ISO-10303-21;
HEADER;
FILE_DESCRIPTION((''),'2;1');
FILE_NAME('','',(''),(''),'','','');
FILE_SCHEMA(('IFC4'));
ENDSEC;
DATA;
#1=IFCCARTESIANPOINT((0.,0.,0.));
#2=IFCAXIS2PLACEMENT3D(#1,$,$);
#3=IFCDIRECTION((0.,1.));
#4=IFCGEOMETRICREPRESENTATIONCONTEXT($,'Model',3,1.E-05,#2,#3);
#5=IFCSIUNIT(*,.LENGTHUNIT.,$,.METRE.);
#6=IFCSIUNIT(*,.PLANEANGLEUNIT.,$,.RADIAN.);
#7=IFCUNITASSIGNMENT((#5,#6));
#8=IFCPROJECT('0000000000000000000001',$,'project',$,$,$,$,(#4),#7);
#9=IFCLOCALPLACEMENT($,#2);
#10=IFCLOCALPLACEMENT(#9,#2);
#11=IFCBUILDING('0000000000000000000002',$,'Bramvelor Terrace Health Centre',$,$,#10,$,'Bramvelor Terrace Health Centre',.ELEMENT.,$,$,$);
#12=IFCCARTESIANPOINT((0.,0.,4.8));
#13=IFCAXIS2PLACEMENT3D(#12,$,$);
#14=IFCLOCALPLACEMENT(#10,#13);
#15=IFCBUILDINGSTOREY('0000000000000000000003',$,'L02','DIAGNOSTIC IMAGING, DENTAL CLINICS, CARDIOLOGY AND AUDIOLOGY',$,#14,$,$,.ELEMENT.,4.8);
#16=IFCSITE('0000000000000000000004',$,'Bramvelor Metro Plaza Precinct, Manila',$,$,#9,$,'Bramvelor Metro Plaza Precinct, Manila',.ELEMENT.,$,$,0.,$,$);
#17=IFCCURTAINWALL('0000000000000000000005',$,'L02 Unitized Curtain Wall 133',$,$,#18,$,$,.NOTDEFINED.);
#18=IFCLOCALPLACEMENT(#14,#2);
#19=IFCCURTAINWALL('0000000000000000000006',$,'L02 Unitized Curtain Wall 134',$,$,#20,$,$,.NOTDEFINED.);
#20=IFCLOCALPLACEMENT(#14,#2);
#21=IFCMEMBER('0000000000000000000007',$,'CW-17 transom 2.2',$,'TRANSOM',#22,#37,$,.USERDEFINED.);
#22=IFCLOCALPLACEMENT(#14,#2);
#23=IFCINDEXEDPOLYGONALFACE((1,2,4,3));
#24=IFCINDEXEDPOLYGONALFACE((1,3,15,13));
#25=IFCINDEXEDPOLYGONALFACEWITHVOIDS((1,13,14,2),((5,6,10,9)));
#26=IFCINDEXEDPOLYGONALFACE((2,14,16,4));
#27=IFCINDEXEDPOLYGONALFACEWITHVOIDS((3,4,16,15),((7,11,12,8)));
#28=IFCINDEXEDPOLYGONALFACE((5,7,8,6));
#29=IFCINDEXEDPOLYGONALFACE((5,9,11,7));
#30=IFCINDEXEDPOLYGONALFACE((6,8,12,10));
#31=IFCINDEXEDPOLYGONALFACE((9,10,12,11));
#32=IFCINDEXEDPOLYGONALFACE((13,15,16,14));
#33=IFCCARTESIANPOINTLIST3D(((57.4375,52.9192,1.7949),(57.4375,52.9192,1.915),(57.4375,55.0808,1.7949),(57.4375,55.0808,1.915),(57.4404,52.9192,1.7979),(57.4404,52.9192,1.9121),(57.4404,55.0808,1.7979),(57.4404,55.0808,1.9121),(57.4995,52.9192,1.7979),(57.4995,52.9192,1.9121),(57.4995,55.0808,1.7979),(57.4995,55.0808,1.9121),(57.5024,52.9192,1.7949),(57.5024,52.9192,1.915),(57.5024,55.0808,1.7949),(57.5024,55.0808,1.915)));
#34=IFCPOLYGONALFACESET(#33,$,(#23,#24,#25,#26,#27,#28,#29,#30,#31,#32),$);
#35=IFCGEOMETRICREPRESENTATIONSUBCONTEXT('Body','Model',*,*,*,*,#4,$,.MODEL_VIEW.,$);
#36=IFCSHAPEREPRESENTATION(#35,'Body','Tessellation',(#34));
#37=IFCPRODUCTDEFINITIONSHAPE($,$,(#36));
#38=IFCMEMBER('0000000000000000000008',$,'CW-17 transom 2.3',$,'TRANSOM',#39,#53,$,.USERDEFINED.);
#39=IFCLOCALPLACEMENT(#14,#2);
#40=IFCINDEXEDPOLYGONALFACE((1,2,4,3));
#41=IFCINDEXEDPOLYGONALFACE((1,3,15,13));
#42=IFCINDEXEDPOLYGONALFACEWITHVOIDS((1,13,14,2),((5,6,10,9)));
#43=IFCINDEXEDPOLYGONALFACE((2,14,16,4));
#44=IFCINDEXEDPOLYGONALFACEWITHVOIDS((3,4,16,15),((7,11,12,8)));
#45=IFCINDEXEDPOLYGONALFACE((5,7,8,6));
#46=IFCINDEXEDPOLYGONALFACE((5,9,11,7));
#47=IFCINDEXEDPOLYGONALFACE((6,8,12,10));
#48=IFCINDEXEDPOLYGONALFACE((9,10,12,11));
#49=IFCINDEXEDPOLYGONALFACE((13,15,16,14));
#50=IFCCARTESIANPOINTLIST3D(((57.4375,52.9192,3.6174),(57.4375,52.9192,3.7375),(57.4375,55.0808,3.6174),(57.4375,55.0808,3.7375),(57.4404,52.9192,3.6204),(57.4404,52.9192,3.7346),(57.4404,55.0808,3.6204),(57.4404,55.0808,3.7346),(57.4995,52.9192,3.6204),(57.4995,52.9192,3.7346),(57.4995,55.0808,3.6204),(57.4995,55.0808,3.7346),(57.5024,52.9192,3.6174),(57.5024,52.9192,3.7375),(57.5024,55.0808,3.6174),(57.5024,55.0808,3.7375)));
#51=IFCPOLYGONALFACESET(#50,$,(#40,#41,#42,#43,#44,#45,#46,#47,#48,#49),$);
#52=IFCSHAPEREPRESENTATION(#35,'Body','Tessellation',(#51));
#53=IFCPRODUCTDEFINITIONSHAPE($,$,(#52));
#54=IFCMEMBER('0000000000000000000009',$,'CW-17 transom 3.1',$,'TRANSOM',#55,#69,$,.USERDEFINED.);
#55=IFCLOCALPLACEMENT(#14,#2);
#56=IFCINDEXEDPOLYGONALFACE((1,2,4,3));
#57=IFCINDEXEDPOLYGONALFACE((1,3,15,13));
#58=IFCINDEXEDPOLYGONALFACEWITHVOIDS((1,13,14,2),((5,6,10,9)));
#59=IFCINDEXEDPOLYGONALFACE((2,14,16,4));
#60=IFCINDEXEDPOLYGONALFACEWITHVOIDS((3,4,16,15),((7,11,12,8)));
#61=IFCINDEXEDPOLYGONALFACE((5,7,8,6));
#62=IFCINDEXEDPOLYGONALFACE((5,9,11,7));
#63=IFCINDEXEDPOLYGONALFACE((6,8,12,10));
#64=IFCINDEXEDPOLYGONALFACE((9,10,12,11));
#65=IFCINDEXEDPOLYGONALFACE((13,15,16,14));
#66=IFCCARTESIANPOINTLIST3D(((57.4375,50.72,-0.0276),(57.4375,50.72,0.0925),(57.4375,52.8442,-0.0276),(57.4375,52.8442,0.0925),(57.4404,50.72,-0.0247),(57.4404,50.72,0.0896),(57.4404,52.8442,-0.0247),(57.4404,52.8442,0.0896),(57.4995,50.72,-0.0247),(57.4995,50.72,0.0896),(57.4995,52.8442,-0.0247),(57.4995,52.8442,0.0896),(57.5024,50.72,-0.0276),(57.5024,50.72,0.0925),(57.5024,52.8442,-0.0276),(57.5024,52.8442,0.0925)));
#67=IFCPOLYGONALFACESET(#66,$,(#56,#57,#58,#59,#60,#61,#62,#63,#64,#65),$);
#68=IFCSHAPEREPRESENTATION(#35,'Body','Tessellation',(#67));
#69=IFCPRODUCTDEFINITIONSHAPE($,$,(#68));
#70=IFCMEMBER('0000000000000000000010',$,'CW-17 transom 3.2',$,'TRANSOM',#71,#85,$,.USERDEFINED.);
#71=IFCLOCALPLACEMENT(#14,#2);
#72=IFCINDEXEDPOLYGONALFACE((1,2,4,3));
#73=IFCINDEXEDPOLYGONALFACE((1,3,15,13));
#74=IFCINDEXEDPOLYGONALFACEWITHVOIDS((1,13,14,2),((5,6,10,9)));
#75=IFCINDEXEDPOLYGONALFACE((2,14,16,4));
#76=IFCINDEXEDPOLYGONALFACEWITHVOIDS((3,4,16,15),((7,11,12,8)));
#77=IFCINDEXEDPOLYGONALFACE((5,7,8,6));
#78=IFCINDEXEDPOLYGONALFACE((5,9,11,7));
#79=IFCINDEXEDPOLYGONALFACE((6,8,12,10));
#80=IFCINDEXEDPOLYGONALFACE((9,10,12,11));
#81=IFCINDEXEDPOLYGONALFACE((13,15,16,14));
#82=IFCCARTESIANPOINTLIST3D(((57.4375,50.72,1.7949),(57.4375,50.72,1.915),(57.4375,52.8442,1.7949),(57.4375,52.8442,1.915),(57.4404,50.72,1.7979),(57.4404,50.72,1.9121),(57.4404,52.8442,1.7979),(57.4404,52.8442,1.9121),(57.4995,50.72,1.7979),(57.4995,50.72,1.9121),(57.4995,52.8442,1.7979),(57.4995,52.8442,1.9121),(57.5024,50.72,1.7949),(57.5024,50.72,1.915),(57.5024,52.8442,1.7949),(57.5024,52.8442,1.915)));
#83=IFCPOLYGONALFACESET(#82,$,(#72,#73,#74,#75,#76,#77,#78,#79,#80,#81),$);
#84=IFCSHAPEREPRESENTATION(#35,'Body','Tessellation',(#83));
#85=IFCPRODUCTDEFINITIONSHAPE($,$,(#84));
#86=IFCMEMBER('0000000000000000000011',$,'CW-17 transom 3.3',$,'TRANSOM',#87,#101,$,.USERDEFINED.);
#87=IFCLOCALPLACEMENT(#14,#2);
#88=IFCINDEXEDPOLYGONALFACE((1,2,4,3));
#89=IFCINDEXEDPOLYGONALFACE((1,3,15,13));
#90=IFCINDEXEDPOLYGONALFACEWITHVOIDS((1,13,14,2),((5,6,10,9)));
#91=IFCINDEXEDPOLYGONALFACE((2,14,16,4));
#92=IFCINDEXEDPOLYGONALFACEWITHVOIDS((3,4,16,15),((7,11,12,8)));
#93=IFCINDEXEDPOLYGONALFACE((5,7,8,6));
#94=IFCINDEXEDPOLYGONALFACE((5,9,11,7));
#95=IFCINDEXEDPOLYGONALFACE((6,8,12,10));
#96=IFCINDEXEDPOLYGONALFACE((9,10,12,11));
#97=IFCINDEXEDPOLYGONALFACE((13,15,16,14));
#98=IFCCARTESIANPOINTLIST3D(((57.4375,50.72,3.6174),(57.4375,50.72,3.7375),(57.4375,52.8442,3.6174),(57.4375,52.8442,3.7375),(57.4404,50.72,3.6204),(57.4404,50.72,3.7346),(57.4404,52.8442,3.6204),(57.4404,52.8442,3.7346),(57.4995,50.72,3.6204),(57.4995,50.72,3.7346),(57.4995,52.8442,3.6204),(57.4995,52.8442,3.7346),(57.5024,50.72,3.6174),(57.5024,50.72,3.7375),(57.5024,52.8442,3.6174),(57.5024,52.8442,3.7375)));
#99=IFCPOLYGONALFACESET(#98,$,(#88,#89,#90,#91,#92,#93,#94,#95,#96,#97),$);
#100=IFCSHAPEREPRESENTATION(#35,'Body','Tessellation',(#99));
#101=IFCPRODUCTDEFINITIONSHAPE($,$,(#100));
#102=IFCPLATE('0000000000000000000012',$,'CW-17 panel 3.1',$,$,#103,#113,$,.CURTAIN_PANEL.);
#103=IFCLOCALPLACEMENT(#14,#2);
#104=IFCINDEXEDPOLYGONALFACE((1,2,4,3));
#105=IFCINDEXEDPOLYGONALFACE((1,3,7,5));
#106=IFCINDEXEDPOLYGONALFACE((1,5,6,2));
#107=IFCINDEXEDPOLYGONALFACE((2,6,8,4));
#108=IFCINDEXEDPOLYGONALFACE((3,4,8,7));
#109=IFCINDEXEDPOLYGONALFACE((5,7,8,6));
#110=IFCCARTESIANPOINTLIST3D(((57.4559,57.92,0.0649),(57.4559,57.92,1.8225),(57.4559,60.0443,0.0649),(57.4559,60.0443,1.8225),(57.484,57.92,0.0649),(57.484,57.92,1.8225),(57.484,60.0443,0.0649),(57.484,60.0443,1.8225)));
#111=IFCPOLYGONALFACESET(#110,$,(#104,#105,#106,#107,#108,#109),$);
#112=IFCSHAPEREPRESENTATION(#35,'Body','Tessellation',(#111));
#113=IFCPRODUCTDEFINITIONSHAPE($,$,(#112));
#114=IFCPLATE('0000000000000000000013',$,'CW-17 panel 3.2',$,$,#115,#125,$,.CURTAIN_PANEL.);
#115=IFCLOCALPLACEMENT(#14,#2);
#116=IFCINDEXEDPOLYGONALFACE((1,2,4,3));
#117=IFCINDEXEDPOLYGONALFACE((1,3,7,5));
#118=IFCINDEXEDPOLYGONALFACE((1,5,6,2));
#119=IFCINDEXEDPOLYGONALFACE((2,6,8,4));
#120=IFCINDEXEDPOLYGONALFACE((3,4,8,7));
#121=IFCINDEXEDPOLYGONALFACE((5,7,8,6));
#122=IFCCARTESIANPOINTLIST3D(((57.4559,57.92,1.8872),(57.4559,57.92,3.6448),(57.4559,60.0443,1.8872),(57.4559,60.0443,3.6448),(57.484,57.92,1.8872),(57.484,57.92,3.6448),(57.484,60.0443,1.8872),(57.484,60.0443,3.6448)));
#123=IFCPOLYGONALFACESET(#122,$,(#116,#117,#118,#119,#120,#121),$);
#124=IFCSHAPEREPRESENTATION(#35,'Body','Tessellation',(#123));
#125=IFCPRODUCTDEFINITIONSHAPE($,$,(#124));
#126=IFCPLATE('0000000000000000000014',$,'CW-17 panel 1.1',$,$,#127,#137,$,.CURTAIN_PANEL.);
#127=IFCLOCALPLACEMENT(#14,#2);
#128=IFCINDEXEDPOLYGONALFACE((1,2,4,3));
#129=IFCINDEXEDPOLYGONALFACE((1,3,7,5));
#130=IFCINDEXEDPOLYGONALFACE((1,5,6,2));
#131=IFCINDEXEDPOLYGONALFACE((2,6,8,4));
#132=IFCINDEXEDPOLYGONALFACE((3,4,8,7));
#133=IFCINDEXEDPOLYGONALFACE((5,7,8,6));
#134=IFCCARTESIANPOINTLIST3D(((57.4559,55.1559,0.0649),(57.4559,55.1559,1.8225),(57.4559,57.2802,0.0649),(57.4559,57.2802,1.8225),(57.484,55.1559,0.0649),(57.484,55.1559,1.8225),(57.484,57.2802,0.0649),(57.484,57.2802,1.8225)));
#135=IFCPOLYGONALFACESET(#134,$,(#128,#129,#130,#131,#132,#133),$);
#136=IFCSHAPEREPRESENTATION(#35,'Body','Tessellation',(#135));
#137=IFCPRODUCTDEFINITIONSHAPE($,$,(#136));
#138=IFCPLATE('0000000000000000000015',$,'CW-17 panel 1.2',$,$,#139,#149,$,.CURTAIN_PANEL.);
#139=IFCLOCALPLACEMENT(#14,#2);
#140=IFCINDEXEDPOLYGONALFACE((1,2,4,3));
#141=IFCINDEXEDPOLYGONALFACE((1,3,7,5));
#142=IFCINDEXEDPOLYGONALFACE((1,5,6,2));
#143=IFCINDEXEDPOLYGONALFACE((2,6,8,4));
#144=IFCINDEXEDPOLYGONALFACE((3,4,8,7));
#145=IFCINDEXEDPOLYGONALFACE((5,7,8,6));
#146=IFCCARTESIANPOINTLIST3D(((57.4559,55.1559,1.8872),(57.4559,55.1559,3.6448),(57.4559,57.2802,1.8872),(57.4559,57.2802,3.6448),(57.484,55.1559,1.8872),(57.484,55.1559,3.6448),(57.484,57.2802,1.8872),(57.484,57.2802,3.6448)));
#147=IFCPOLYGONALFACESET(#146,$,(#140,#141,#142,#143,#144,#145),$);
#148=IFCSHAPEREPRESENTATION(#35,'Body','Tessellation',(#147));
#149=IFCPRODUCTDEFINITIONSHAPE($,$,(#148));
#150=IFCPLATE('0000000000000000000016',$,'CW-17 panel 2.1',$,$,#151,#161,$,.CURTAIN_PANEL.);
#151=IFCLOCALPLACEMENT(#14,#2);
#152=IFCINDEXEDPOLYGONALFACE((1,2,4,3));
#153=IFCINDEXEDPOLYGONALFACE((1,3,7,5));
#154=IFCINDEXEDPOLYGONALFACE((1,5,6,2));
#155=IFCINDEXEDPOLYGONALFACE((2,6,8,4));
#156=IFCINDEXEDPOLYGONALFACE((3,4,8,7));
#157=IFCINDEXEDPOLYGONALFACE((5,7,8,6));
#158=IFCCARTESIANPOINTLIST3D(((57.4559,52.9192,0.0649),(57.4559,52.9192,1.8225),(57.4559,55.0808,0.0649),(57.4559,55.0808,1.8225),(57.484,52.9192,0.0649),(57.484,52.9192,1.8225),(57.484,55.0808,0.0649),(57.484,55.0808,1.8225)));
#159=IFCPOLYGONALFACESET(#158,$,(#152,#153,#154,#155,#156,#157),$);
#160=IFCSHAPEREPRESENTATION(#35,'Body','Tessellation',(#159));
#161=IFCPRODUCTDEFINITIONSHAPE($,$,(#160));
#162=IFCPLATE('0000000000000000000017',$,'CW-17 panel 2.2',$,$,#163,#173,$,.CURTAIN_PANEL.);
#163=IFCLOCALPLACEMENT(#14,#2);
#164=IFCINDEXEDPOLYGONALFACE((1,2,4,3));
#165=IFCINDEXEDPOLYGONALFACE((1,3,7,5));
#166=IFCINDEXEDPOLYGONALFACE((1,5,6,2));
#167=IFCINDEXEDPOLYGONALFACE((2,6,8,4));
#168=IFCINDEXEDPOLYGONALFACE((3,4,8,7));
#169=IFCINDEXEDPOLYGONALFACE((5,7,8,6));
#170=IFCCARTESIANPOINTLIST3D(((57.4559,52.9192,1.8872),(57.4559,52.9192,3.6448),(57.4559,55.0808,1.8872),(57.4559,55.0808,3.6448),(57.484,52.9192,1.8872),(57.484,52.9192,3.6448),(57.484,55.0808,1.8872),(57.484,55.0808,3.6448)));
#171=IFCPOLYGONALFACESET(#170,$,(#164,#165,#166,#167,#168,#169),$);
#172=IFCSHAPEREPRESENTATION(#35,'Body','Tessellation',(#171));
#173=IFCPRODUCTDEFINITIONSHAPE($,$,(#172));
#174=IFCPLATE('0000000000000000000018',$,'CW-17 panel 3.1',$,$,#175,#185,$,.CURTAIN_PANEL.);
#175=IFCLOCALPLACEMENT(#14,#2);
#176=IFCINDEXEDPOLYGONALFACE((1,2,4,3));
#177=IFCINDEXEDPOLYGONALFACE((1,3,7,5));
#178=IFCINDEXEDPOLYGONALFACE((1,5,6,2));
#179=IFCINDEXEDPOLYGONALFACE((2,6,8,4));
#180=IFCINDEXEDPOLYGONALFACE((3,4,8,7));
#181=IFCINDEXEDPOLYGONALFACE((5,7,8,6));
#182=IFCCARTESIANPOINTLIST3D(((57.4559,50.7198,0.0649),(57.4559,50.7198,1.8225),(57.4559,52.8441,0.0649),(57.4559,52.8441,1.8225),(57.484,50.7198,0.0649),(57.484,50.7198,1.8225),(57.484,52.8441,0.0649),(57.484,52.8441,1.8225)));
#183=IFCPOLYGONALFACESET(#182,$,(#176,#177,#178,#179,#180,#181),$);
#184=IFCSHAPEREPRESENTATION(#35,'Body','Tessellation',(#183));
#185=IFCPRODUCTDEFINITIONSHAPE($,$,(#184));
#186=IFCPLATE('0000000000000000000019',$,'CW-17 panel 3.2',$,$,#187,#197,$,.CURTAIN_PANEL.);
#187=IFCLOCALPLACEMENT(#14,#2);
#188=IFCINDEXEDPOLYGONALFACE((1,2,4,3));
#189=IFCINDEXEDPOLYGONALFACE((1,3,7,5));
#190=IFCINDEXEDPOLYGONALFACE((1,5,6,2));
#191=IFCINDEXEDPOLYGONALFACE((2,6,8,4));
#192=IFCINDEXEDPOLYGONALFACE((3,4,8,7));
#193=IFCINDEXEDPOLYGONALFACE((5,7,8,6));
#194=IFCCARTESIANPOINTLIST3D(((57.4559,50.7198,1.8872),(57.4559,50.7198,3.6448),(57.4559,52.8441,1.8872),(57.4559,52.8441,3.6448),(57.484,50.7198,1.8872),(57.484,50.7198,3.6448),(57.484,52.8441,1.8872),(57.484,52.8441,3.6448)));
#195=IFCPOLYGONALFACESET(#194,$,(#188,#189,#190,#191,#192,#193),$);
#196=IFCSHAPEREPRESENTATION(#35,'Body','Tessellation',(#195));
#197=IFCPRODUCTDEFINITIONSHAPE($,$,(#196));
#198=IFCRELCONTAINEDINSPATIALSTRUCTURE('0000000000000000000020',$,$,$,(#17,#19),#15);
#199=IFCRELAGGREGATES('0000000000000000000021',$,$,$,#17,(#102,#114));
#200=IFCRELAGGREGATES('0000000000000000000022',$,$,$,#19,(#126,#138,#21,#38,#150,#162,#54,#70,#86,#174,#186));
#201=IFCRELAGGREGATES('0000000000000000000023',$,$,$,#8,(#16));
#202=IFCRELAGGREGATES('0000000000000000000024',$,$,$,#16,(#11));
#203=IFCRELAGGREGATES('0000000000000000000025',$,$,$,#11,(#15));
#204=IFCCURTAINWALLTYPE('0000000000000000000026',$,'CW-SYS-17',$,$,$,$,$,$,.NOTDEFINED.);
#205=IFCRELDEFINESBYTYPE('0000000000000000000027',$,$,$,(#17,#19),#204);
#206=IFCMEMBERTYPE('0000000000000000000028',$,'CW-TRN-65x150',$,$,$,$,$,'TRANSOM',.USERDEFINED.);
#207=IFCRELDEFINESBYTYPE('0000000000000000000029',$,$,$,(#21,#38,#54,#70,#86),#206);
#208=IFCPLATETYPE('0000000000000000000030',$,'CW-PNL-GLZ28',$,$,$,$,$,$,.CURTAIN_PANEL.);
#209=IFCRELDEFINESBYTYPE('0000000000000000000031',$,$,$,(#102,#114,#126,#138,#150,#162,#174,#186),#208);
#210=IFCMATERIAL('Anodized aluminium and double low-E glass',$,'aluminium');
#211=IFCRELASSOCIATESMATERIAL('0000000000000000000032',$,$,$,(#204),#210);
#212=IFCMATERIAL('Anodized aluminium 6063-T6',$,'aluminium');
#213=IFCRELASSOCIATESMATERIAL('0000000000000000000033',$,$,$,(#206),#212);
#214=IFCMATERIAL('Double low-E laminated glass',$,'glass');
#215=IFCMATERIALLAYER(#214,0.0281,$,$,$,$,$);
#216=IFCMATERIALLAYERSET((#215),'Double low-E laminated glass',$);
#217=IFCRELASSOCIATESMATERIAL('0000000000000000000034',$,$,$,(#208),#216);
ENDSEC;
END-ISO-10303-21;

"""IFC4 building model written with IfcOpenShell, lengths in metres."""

from ifc_helpers import new_model, si_unit, direction, frame, origin, origin_2d, place, context, subcontext, project, spatial, rectangle, hollow_rectangle, extrude, material, layer, layer_set, material_profile, profile_set, type_object, element, aggregate, save


model = new_model("IFC4")

# Units and contexts
model_context = context("Model", 3, precision=1e-05, world=origin(), true_north=direction((0.0, 1.0)))
body_context = subcontext(model_context, "Body", "Model", "MODEL_VIEW")
ifc_project = project(units=[si_unit("LENGTHUNIT", "METRE"), si_unit("PLANEANGLEUNIT", "RADIAN")], contexts=[model_context])

# Site, building, storey
site_placement = place(None, origin())
site = spatial("IfcSite", under=ifc_project, at=site_placement, Name="Bramvelor Metro Plaza Precinct, Manila", LongName="Bramvelor Metro Plaza Precinct, Manila", CompositionType="ELEMENT", RefElevation=0.0)
building_placement = place(site_placement, origin())
building = spatial("IfcBuilding", under=site, at=building_placement, Name="Bramvelor Terrace Health Centre", LongName="Bramvelor Terrace Health Centre", CompositionType="ELEMENT")
storey_placement = place(building_placement, frame((0.0, 0.0, 4.8)))
storey = spatial("IfcBuildingStorey", under=building, at=storey_placement, Name="L02", Description="DIAGNOSTIC IMAGING, DENTAL CLINICS, CARDIOLOGY AND AUDIOLOGY", CompositionType="ELEMENT", Elevation=4.8)

# Curtain wall
ifc_material_1 = material(Name="Anodized aluminium and double low-E glass", Category="aluminium")
curtain_wall_type = type_object("IfcCurtainWallType", Name="CW-SYS-17", PredefinedType="NOTDEFINED", material=ifc_material_1)
curtain_wall_1_placement = place(storey_placement, origin())
curtain_wall_1 = element("IfcCurtainWall", 1, at=curtain_wall_1_placement, inside=storey, type_object=curtain_wall_type, Name="L02 Unitized Curtain Wall 133", PredefinedType="NOTDEFINED")

# Curtain wall
curtain_wall_2_placement = place(storey_placement, origin())
curtain_wall_2 = element("IfcCurtainWall", 2, at=curtain_wall_2_placement, inside=storey, type_object=curtain_wall_type, Name="L02 Unitized Curtain Wall 134", PredefinedType="NOTDEFINED")

# Members
ifc_material_2 = material(Name="Anodized aluminium 6063-T6", Category="aluminium")
ifc_material_profile_1 = material_profile(ifc_material_2, hollow_rectangle(XDim=0.0649, YDim=0.1201, WallThickness=0.0029, at=origin_2d()), Name="ALU-TRN 65x120x3.0")
ifc_profile_set_1 = profile_set([ifc_material_profile_1], Name="Anodized aluminium 6063-T6")
member_type_1 = type_object("IfcMemberType", Name="CW-TRN-65x150", ElementType="TRANSOM", PredefinedType="USERDEFINED", material=ifc_profile_set_1)
member_1_placement = place(storey_placement, frame((57.47, 55.0808, 1.855), z_axis=(0.0, -1.0, 0.0), x_axis=(1.0, 0.0, 0.0)))
member_1 = element("IfcMember", 3, at=member_1_placement, type_object=member_type_1, Name="CW-17 transom 2.2", ObjectType="TRANSOM", PredefinedType="USERDEFINED", context=body_context, shape_type="SweptSolid", body=[
    extrude(hollow_rectangle(XDim=0.0649, YDim=0.1201, WallThickness=0.0029, at=origin_2d()), origin(), (0.0, 0.0, 1.0), 2.1616),
])
member_2_placement = place(storey_placement, frame((57.47, 55.0808, 3.6775), z_axis=(0.0, -1.0, 0.0), x_axis=(1.0, 0.0, 0.0)))
member_2 = element("IfcMember", 4, at=member_2_placement, type_object=member_type_1, Name="CW-17 transom 2.3", ObjectType="TRANSOM", PredefinedType="USERDEFINED", context=body_context, shape_type="SweptSolid", body=[
    extrude(hollow_rectangle(XDim=0.0649, YDim=0.1201, WallThickness=0.0029, at=origin_2d()), origin(), (0.0, 0.0, 1.0), 2.1616),
])
member_3_placement = place(storey_placement, frame((57.47, 52.8442, 0.0325), z_axis=(0.0, -1.0, 0.0), x_axis=(1.0, 0.0, 0.0)))
member_3 = element("IfcMember", 5, at=member_3_placement, type_object=member_type_1, Name="CW-17 transom 3.1", ObjectType="TRANSOM", PredefinedType="USERDEFINED", context=body_context, shape_type="SweptSolid", body=[
    extrude(hollow_rectangle(XDim=0.0649, YDim=0.1201, WallThickness=0.0029, at=origin_2d()), origin(), (0.0, 0.0, 1.0), 2.1243),
])
member_4_placement = place(storey_placement, frame((57.47, 52.8442, 1.855), z_axis=(0.0, -1.0, 0.0), x_axis=(1.0, 0.0, 0.0)))
member_4 = element("IfcMember", 6, at=member_4_placement, type_object=member_type_1, Name="CW-17 transom 3.2", ObjectType="TRANSOM", PredefinedType="USERDEFINED", context=body_context, shape_type="SweptSolid", body=[
    extrude(hollow_rectangle(XDim=0.0649, YDim=0.1201, WallThickness=0.0029, at=origin_2d()), origin(), (0.0, 0.0, 1.0), 2.1243),
])
member_5_placement = place(storey_placement, frame((57.47, 52.8442, 3.6775), z_axis=(0.0, -1.0, 0.0), x_axis=(1.0, 0.0, 0.0)))
member_5 = element("IfcMember", 7, at=member_5_placement, type_object=member_type_1, Name="CW-17 transom 3.3", ObjectType="TRANSOM", PredefinedType="USERDEFINED", context=body_context, shape_type="SweptSolid", body=[
    extrude(hollow_rectangle(XDim=0.0649, YDim=0.1201, WallThickness=0.0029, at=origin_2d()), origin(), (0.0, 0.0, 1.0), 2.1243),
])

# Plates
ifc_material_3 = material(Name="Double low-E laminated glass", Category="glass")
ifc_layer = layer(ifc_material_3, 0.0281)
ifc_layer_set = layer_set([ifc_layer], Name="Double low-E laminated glass")
plate_type = type_object("IfcPlateType", Name="CW-PNL-GLZ28", PredefinedType="CURTAIN_PANEL", material=ifc_layer_set)
plate_1_placement = place(storey_placement, frame((57.47, 58.9822, 0.0649), z_axis=(0.0, 0.0, 1.0), x_axis=(0.0, -1.0, 0.0)))
plate_1 = element("IfcPlate", 8, at=plate_1_placement, type_object=plate_type, Name="CW-17 panel 3.1", PredefinedType="CURTAIN_PANEL", context=body_context, shape_type="SweptSolid", body=[
    extrude(rectangle(XDim=2.1243, YDim=0.0281, at=origin_2d()), origin(), (0.0, 0.0, 1.0), 1.7576),
])
plate_2_placement = place(storey_placement, frame((57.47, 58.9822, 1.8872), z_axis=(0.0, 0.0, 1.0), x_axis=(0.0, -1.0, 0.0)))
plate_2 = element("IfcPlate", 9, at=plate_2_placement, type_object=plate_type, Name="CW-17 panel 3.2", PredefinedType="CURTAIN_PANEL", context=body_context, shape_type="SweptSolid", body=[
    extrude(rectangle(XDim=2.1243, YDim=0.0281, at=origin_2d()), origin(), (0.0, 0.0, 1.0), 1.7576),
])
aggregate(curtain_wall_1, [plate_1, plate_2])
plate_3_placement = place(storey_placement, frame((57.47, 56.218, 0.0649), z_axis=(0.0, 0.0, 1.0), x_axis=(0.0, -1.0, 0.0)))
plate_3 = element("IfcPlate", 10, at=plate_3_placement, type_object=plate_type, Name="CW-17 panel 1.1", PredefinedType="CURTAIN_PANEL", context=body_context, shape_type="SweptSolid", body=[
    extrude(rectangle(XDim=2.1243, YDim=0.0281, at=origin_2d()), origin(), (0.0, 0.0, 1.0), 1.7576),
])
plate_4_placement = place(storey_placement, frame((57.47, 56.218, 1.8872), z_axis=(0.0, 0.0, 1.0), x_axis=(0.0, -1.0, 0.0)))
plate_4 = element("IfcPlate", 11, at=plate_4_placement, type_object=plate_type, Name="CW-17 panel 1.2", PredefinedType="CURTAIN_PANEL", context=body_context, shape_type="SweptSolid", body=[
    extrude(rectangle(XDim=2.1243, YDim=0.0281, at=origin_2d()), origin(), (0.0, 0.0, 1.0), 1.7576),
])
plate_5_placement = place(storey_placement, frame((57.47, 54.0, 0.0649), z_axis=(0.0, 0.0, 1.0), x_axis=(0.0, -1.0, 0.0)))
plate_5 = element("IfcPlate", 12, at=plate_5_placement, type_object=plate_type, Name="CW-17 panel 2.1", PredefinedType="CURTAIN_PANEL", context=body_context, shape_type="SweptSolid", body=[
    extrude(rectangle(XDim=2.1616, YDim=0.0281, at=origin_2d()), origin(), (0.0, 0.0, 1.0), 1.7576),
])
plate_6_placement = place(storey_placement, frame((57.47, 54.0, 1.8872), z_axis=(0.0, 0.0, 1.0), x_axis=(0.0, -1.0, 0.0)))
plate_6 = element("IfcPlate", 13, at=plate_6_placement, type_object=plate_type, Name="CW-17 panel 2.2", PredefinedType="CURTAIN_PANEL", context=body_context, shape_type="SweptSolid", body=[
    extrude(rectangle(XDim=2.1616, YDim=0.0281, at=origin_2d()), origin(), (0.0, 0.0, 1.0), 1.7576),
])
plate_7_placement = place(storey_placement, frame((57.47, 51.782, 0.0649), z_axis=(0.0, 0.0, 1.0), x_axis=(0.0, -1.0, 0.0)))
plate_7 = element("IfcPlate", 14, at=plate_7_placement, type_object=plate_type, Name="CW-17 panel 3.1", PredefinedType="CURTAIN_PANEL", context=body_context, shape_type="SweptSolid", body=[
    extrude(rectangle(XDim=2.1243, YDim=0.0281, at=origin_2d()), origin(), (0.0, 0.0, 1.0), 1.7576),
])
plate_8_placement = place(storey_placement, frame((57.47, 51.782, 1.8872), z_axis=(0.0, 0.0, 1.0), x_axis=(0.0, -1.0, 0.0)))
plate_8 = element("IfcPlate", 15, at=plate_8_placement, type_object=plate_type, Name="CW-17 panel 3.2", PredefinedType="CURTAIN_PANEL", context=body_context, shape_type="SweptSolid", body=[
    extrude(rectangle(XDim=2.1243, YDim=0.0281, at=origin_2d()), origin(), (0.0, 0.0, 1.0), 1.7576),
])
aggregate(curtain_wall_2, [plate_3, plate_4, member_1, member_2, plate_5, plate_6, member_3, member_4, member_5, plate_7, plate_8])

save(model, "model.ifc")
